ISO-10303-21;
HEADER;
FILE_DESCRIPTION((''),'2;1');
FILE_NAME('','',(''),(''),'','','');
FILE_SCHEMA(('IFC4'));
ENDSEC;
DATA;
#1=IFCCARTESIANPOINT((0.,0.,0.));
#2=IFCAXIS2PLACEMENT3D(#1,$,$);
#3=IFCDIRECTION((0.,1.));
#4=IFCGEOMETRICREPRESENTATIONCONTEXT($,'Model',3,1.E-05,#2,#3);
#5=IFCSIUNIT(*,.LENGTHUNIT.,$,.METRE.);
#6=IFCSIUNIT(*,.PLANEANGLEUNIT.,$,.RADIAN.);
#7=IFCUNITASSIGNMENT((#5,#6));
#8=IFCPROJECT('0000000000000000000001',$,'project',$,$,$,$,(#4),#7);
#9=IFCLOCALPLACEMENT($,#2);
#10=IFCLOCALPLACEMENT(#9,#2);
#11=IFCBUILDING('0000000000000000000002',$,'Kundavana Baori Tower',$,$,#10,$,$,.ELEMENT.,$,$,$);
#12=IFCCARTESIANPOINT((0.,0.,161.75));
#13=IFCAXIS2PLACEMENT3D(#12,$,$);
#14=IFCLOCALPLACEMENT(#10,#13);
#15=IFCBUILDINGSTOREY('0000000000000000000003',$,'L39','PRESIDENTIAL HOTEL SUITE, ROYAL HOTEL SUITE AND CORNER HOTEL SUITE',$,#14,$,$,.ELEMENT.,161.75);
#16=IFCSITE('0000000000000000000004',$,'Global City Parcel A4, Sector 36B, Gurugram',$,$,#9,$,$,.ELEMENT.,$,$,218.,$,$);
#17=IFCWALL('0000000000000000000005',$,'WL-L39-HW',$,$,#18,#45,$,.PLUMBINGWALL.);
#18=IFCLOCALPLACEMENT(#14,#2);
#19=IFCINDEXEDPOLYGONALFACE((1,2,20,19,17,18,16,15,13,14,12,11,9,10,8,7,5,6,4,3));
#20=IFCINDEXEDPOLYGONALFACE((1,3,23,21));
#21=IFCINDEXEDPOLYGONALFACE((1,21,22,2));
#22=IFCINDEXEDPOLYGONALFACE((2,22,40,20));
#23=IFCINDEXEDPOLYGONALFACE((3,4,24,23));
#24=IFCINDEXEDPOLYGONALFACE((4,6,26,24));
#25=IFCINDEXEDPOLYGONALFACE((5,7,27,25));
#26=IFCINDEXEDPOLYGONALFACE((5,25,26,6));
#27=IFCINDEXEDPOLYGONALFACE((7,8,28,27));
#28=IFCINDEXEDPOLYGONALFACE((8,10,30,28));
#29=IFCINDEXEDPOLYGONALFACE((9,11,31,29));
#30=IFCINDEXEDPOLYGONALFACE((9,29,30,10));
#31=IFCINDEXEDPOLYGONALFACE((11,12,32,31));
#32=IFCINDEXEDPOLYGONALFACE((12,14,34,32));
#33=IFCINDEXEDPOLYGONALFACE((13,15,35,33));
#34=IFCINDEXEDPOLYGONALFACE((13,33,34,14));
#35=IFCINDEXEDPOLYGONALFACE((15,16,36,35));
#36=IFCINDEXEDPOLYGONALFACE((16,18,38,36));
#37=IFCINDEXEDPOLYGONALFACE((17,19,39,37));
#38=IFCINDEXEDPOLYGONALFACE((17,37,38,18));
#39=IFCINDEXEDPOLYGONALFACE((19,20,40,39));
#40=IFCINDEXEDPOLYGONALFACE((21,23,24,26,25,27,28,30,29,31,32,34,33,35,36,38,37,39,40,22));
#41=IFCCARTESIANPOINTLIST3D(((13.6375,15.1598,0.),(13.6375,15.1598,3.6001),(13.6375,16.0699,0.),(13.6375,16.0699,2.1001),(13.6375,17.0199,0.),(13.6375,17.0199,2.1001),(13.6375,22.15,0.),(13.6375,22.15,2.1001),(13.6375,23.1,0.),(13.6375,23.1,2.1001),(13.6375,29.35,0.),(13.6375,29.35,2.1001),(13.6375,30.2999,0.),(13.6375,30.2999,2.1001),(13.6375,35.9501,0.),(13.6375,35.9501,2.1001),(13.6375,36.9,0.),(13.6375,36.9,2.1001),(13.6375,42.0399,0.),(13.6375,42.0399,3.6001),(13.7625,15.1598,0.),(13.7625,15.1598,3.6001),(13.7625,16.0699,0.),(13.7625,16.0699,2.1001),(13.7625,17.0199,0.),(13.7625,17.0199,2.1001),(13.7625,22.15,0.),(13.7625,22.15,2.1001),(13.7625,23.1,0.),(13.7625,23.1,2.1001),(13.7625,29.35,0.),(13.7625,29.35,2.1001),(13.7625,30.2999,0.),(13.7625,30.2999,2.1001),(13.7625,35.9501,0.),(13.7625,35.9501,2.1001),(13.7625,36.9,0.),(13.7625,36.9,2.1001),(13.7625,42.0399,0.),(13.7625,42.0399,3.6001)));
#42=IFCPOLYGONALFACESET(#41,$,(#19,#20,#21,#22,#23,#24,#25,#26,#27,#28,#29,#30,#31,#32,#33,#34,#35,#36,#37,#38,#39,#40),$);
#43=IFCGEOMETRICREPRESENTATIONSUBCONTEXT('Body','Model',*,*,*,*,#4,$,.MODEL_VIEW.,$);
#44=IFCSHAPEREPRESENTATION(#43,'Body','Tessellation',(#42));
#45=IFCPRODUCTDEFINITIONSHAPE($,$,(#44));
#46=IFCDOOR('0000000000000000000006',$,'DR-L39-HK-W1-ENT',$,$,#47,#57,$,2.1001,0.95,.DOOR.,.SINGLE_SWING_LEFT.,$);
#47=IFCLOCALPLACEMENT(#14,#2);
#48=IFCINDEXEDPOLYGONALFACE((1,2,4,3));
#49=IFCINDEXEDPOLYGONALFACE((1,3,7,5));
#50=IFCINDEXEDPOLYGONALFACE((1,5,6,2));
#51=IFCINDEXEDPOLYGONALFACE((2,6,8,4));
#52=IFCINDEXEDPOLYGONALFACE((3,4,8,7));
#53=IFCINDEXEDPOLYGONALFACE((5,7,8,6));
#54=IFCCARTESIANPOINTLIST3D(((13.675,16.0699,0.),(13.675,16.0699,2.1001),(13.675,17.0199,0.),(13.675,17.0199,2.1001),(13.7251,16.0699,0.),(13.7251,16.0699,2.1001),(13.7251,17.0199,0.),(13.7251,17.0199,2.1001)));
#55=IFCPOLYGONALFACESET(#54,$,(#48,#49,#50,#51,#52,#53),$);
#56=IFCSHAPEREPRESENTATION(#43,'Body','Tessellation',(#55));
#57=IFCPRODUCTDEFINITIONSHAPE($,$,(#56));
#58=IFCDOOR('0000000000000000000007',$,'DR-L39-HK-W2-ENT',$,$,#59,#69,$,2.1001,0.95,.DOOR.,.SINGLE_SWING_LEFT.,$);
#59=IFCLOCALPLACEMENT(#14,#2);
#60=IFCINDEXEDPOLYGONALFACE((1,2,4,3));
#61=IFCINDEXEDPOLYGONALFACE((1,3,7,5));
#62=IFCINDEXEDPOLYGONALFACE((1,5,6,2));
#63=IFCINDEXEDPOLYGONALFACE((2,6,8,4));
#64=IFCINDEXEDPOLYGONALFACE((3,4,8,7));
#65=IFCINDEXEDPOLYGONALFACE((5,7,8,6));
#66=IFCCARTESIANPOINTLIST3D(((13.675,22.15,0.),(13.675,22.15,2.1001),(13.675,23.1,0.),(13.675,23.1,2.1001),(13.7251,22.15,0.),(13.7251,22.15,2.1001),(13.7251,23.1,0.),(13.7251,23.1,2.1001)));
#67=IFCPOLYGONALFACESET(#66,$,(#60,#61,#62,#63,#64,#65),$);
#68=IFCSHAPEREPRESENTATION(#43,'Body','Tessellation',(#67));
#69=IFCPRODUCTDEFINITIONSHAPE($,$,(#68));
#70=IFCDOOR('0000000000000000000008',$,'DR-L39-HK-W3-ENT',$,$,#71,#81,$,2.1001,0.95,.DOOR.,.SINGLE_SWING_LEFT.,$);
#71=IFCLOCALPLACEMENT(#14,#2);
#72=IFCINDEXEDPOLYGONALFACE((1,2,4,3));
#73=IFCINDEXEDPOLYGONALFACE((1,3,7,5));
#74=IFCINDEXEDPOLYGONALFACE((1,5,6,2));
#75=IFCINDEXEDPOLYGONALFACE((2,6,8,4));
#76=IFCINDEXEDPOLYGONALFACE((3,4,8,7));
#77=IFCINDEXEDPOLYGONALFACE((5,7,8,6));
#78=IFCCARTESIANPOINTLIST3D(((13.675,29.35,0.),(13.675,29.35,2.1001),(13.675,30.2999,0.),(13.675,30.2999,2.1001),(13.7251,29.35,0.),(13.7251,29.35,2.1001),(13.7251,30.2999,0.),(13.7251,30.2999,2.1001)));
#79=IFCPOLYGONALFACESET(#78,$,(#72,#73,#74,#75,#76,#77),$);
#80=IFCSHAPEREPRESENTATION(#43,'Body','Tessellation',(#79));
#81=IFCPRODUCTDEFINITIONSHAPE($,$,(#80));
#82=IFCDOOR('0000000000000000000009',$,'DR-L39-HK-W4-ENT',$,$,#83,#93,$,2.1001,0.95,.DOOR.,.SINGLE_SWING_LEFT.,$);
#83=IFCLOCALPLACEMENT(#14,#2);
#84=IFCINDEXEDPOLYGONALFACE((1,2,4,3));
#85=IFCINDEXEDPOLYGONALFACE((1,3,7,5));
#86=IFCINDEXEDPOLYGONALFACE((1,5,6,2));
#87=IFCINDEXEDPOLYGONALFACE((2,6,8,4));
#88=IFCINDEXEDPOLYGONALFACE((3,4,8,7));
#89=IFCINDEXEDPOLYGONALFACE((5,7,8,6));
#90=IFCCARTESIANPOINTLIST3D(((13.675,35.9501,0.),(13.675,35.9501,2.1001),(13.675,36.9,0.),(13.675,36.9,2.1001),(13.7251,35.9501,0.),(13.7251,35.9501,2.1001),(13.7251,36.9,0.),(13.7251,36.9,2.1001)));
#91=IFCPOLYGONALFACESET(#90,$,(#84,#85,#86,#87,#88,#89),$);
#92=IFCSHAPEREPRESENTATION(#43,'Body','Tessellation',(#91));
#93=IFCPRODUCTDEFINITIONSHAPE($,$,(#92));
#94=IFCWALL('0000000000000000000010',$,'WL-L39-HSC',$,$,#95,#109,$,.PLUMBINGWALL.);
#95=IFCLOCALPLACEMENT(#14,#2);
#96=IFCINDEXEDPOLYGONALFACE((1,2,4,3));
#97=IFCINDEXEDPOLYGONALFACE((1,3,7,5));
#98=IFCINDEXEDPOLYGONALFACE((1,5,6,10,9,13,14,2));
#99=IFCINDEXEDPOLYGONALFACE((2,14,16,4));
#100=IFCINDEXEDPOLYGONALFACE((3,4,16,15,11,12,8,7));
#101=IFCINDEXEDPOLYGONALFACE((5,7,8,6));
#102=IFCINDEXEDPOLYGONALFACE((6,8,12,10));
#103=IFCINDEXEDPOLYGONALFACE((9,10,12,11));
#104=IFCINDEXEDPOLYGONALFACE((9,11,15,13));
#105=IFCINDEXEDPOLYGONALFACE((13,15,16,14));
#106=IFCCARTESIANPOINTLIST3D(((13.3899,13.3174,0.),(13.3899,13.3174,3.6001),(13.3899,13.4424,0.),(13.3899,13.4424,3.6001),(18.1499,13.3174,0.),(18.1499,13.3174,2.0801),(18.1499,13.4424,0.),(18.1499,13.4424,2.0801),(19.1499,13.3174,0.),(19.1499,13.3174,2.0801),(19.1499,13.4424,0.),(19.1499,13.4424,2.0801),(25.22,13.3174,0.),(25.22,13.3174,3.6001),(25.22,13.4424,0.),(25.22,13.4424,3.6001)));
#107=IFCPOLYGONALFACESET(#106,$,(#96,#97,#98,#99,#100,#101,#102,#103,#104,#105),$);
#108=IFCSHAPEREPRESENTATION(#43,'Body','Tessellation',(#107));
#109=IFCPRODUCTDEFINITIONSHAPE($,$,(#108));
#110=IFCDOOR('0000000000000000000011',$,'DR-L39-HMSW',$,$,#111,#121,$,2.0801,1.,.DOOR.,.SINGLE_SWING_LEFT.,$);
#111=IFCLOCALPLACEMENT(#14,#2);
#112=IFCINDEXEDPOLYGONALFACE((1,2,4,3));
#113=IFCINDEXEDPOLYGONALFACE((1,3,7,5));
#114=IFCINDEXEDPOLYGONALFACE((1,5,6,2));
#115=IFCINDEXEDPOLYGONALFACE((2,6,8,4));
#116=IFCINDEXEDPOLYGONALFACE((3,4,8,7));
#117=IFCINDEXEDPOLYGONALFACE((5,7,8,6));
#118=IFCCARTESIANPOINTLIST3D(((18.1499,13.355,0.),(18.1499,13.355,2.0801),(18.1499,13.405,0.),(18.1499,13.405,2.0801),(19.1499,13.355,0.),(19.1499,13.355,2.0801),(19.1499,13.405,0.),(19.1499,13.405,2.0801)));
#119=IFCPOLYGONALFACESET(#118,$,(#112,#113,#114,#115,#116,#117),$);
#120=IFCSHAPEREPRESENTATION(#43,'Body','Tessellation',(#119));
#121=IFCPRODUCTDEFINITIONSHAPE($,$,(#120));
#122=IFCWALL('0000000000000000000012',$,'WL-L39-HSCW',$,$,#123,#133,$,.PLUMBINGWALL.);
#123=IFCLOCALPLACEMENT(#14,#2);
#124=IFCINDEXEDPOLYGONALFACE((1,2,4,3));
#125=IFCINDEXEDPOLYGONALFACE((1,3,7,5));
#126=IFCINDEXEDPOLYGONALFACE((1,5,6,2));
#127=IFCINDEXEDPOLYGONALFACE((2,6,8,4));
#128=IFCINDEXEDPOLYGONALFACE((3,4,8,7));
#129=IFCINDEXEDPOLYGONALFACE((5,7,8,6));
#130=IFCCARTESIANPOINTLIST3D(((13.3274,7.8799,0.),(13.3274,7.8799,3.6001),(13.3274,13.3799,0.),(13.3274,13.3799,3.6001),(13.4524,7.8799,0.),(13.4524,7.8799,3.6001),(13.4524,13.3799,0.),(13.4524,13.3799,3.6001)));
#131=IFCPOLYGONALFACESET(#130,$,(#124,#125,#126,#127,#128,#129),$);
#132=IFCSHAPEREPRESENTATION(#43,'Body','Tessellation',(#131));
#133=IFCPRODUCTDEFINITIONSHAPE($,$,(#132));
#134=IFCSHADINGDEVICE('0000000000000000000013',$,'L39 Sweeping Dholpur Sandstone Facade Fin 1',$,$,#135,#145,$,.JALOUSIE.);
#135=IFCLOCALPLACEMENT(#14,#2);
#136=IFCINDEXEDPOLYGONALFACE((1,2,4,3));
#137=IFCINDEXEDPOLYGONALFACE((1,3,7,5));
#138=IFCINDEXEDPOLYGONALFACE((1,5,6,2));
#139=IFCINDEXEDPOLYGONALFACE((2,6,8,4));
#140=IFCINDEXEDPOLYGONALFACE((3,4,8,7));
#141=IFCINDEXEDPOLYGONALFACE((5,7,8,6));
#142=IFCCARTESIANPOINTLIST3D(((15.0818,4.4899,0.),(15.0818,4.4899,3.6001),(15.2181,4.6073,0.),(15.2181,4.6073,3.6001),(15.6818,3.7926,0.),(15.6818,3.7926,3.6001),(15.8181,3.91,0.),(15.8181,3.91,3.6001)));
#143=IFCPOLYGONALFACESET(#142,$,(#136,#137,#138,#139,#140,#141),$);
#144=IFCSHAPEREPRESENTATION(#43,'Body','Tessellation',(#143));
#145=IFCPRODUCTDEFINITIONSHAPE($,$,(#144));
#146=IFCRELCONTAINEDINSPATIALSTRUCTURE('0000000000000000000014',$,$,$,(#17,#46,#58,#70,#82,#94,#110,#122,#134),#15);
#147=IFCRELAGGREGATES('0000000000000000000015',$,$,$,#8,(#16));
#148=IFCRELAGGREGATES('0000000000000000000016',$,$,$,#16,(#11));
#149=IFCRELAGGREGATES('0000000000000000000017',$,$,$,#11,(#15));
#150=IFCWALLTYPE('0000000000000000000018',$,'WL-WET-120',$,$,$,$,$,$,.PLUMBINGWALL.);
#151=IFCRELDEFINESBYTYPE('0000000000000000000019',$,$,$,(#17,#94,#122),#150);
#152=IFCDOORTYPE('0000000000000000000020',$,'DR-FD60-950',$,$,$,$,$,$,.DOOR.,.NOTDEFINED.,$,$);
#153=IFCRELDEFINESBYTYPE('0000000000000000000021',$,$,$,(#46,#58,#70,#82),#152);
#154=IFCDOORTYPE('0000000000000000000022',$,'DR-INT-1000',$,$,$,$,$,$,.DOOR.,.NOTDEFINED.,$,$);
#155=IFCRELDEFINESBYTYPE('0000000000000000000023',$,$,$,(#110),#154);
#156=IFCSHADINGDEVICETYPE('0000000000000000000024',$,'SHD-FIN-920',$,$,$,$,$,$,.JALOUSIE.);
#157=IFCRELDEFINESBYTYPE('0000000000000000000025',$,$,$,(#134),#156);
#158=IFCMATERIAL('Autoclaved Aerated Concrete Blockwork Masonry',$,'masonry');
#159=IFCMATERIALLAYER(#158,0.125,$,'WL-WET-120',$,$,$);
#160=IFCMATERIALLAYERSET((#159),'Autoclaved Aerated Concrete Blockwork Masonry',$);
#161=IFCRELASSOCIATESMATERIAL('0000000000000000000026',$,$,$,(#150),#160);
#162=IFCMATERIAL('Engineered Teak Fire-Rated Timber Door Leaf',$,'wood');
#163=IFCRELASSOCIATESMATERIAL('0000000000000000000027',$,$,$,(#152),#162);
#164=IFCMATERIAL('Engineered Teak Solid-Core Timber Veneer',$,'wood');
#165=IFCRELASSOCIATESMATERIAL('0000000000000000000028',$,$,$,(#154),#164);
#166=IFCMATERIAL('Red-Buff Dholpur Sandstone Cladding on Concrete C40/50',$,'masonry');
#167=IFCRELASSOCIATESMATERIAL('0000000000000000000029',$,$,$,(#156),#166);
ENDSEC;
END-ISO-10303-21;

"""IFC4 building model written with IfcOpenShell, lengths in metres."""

from ifc_helpers import new_model, si_unit, direction, frame, frame_2d, origin, origin_2d, place, context, subcontext, project, spatial, rectangle, extrude, material, layer, layer_set, type_object, element, fill, save


model = new_model("IFC4")

# Units and contexts
model_context = context("Model", 3, precision=1e-05, world=origin(), true_north=direction((0.0, 1.0)))
body_context = subcontext(model_context, "Body", "Model", "MODEL_VIEW")
ifc_project = project(units=[si_unit("LENGTHUNIT", "METRE"), si_unit("PLANEANGLEUNIT", "RADIAN")], contexts=[model_context])

# Site, building, storey
site_placement = place(None, origin())
site = spatial("IfcSite", under=ifc_project, at=site_placement, Name="Global City Parcel A4, Sector 36B, Gurugram", CompositionType="ELEMENT", RefElevation=218.0)
building_placement = place(site_placement, origin())
building = spatial("IfcBuilding", under=site, at=building_placement, Name="Kundavana Baori Tower", CompositionType="ELEMENT")
storey_placement = place(building_placement, frame((0.0, 0.0, 161.75)))
storey = spatial("IfcBuildingStorey", under=building, at=storey_placement, Name="L39", Description="PRESIDENTIAL HOTEL SUITE, ROYAL HOTEL SUITE AND CORNER HOTEL SUITE", CompositionType="ELEMENT", Elevation=161.75)

# Wall, openings, doors
ifc_material_1 = material(Name="Autoclaved Aerated Concrete Blockwork Masonry", Category="masonry")
ifc_layer_1 = layer(ifc_material_1, 0.125, Name="WL-WET-120")
ifc_layer_set_1 = layer_set([ifc_layer_1], Name="Autoclaved Aerated Concrete Blockwork Masonry")
wall_type_1 = type_object("IfcWallType", Name="WL-WET-120", PredefinedType="PLUMBINGWALL", material=ifc_layer_set_1)
wall_1_placement = place(storey_placement, frame((13.7, 15.1599, 0.0), z_axis=(0.0, 0.0, 1.0), x_axis=(0.0, 1.0, 0.0)))
wall_1 = element("IfcWall", 1, at=wall_1_placement, inside=storey, type_object=wall_type_1, Name="WL-L39-HW", PredefinedType="PLUMBINGWALL", context=body_context, shape_type="SweptSolid", body=[
    extrude(rectangle(XDim=26.8801, YDim=0.125, at=frame_2d((13.4399, 0.0))), origin(), (0.0, 0.0, 1.0), 3.6001),
])
opening_1_placement = place(wall_1_placement, frame((0.9099, 0.0, 0.0)))
opening_1 = element("IfcOpeningElement", 2, at=opening_1_placement, cuts=wall_1, PredefinedType="OPENING", context=body_context, shape_type="SweptSolid", body=[
    extrude(rectangle(XDim=0.95, YDim=2.1001, at=frame_2d((0.4751, 1.05))), frame((0.0, 0.0725, 0.0), z_axis=(0.0, -1.0, 0.0), x_axis=(1.0, 0.0, 0.0)), (0.0, 0.0, 1.0), 0.145),
])
opening_2_placement = place(wall_1_placement, frame((6.99, 0.0, 0.0)))
opening_2 = element("IfcOpeningElement", 3, at=opening_2_placement, cuts=wall_1, PredefinedType="OPENING", context=body_context, shape_type="SweptSolid", body=[
    extrude(rectangle(XDim=0.95, YDim=2.1001, at=frame_2d((0.4751, 1.05))), frame((0.0, 0.0725, 0.0), z_axis=(0.0, -1.0, 0.0), x_axis=(1.0, 0.0, 0.0)), (0.0, 0.0, 1.0), 0.145),
])
opening_3_placement = place(wall_1_placement, frame((14.1899, 0.0, 0.0)))
opening_3 = element("IfcOpeningElement", 4, at=opening_3_placement, cuts=wall_1, PredefinedType="OPENING", context=body_context, shape_type="SweptSolid", body=[
    extrude(rectangle(XDim=0.95, YDim=2.1001, at=frame_2d((0.4751, 1.05))), frame((0.0, 0.0725, 0.0), z_axis=(0.0, -1.0, 0.0), x_axis=(1.0, 0.0, 0.0)), (0.0, 0.0, 1.0), 0.145),
])
opening_4_placement = place(wall_1_placement, frame((20.79, 0.0, 0.0)))
opening_4 = element("IfcOpeningElement", 5, at=opening_4_placement, cuts=wall_1, PredefinedType="OPENING", context=body_context, shape_type="SweptSolid", body=[
    extrude(rectangle(XDim=0.95, YDim=2.1001, at=frame_2d((0.4751, 1.05))), frame((0.0, 0.0725, 0.0), z_axis=(0.0, -1.0, 0.0), x_axis=(1.0, 0.0, 0.0)), (0.0, 0.0, 1.0), 0.145),
])
ifc_material_2 = material(Name="Engineered Teak Fire-Rated Timber Door Leaf", Category="wood")
door_type_1 = type_object("IfcDoorType", Name="DR-FD60-950", OperationType="NOTDEFINED", PredefinedType="DOOR", material=ifc_material_2)
door_1_placement = place(opening_1_placement, origin())
door_1 = element("IfcDoor", 6, at=door_1_placement, inside=storey, type_object=door_type_1, Name="DR-L39-HK-W1-ENT", OperationType="SINGLE_SWING_LEFT", OverallHeight=2.1001, OverallWidth=0.95, PredefinedType="DOOR", context=body_context, shape_type="SweptSolid", body=[
    extrude(rectangle(XDim=0.95, YDim=2.1001, at=frame_2d((0.4751, 1.05))), frame((0.0, 0.0249, 0.0), z_axis=(0.0, -1.0, 0.0), x_axis=(1.0, 0.0, 0.0)), (0.0, 0.0, 1.0), 0.05),
])
fill(opening_1, door_1)
door_2_placement = place(opening_2_placement, origin())
door_2 = element("IfcDoor", 7, at=door_2_placement, inside=storey, type_object=door_type_1, Name="DR-L39-HK-W2-ENT", OperationType="SINGLE_SWING_LEFT", OverallHeight=2.1001, OverallWidth=0.95, PredefinedType="DOOR", context=body_context, shape_type="SweptSolid", body=[
    extrude(rectangle(XDim=0.95, YDim=2.1001, at=frame_2d((0.4751, 1.05))), frame((0.0, 0.0249, 0.0), z_axis=(0.0, -1.0, 0.0), x_axis=(1.0, 0.0, 0.0)), (0.0, 0.0, 1.0), 0.05),
])
fill(opening_2, door_2)
door_3_placement = place(opening_3_placement, origin())
door_3 = element("IfcDoor", 8, at=door_3_placement, inside=storey, type_object=door_type_1, Name="DR-L39-HK-W3-ENT", OperationType="SINGLE_SWING_LEFT", OverallHeight=2.1001, OverallWidth=0.95, PredefinedType="DOOR", context=body_context, shape_type="SweptSolid", body=[
    extrude(rectangle(XDim=0.95, YDim=2.1001, at=frame_2d((0.4751, 1.05))), frame((0.0, 0.0249, 0.0), z_axis=(0.0, -1.0, 0.0), x_axis=(1.0, 0.0, 0.0)), (0.0, 0.0, 1.0), 0.05),
])
fill(opening_3, door_3)
door_4_placement = place(opening_4_placement, origin())
door_4 = element("IfcDoor", 9, at=door_4_placement, inside=storey, type_object=door_type_1, Name="DR-L39-HK-W4-ENT", OperationType="SINGLE_SWING_LEFT", OverallHeight=2.1001, OverallWidth=0.95, PredefinedType="DOOR", context=body_context, shape_type="SweptSolid", body=[
    extrude(rectangle(XDim=0.95, YDim=2.1001, at=frame_2d((0.4751, 1.05))), frame((0.0, 0.0249, 0.0), z_axis=(0.0, -1.0, 0.0), x_axis=(1.0, 0.0, 0.0)), (0.0, 0.0, 1.0), 0.05),
])
fill(opening_4, door_4)

# Wall, opening, door
wall_2_placement = place(storey_placement, frame((13.3899, 13.3799, 0.0), z_axis=(0.0, 0.0, 1.0), x_axis=(1.0, 0.0, 0.0)))
wall_2 = element("IfcWall", 10, at=wall_2_placement, inside=storey, type_object=wall_type_1, Name="WL-L39-HSC", PredefinedType="PLUMBINGWALL", context=body_context, shape_type="SweptSolid", body=[
    extrude(rectangle(XDim=11.8301, YDim=0.125, at=frame_2d((5.915, 0.0))), origin(), (0.0, 0.0, 1.0), 3.6001),
])
opening_5_placement = place(wall_2_placement, frame((4.76, 0.0, 0.0)))
opening_5 = element("IfcOpeningElement", 11, at=opening_5_placement, cuts=wall_2, PredefinedType="OPENING", context=body_context, shape_type="SweptSolid", body=[
    extrude(rectangle(XDim=1.0, YDim=2.0801, at=frame_2d((0.5, 1.04))), frame((0.0, 0.0725, 0.0), z_axis=(0.0, -1.0, 0.0), x_axis=(1.0, 0.0, 0.0)), (0.0, 0.0, 1.0), 0.145),
])
ifc_material_3 = material(Name="Engineered Teak Solid-Core Timber Veneer", Category="wood")
door_type_2 = type_object("IfcDoorType", Name="DR-INT-1000", OperationType="NOTDEFINED", PredefinedType="DOOR", material=ifc_material_3)
door_5_placement = place(opening_5_placement, frame((1.0, 0.0, 0.0), z_axis=(0.0, 0.0, 1.0), x_axis=(-1.0, 0.0, 0.0)))
door_5 = element("IfcDoor", 12, at=door_5_placement, inside=storey, type_object=door_type_2, Name="DR-L39-HMSW", OperationType="SINGLE_SWING_LEFT", OverallHeight=2.0801, OverallWidth=1.0, PredefinedType="DOOR", context=body_context, shape_type="SweptSolid", body=[
    extrude(rectangle(XDim=1.0, YDim=2.0801, at=frame_2d((0.5, 1.04))), frame((0.0, 0.0249, 0.0), z_axis=(0.0, -1.0, 0.0), x_axis=(1.0, 0.0, 0.0)), (0.0, 0.0, 1.0), 0.05),
])
fill(opening_5, door_5)

# Wall
wall_3_placement = place(storey_placement, frame((13.3899, 7.8799, 0.0), z_axis=(0.0, 0.0, 1.0), x_axis=(0.0, 1.0, 0.0)))
element("IfcWall", 13, at=wall_3_placement, inside=storey, type_object=wall_type_1, Name="WL-L39-HSCW", PredefinedType="PLUMBINGWALL", context=body_context, shape_type="SweptSolid", body=[
    extrude(rectangle(XDim=5.5, YDim=0.125, at=frame_2d((2.75, 0.0))), origin(), (0.0, 0.0, 1.0), 3.6001),
])

# Shading device
ifc_material_4 = material(Name="Red-Buff Dholpur Sandstone Cladding on Concrete C40/50", Category="masonry")
shading_device_type = type_object("IfcShadingDeviceType", Name="SHD-FIN-920", PredefinedType="JALOUSIE", material=ifc_material_4)
shading_device_placement = place(storey_placement, frame((15.45, 4.2, 0.0), z_axis=(0.0, 0.0, 1.0), x_axis=(0.758021, 0.652231, 0.0)))
element("IfcShadingDevice", 14, at=shading_device_placement, inside=storey, type_object=shading_device_type, Name="L39 Sweeping Dholpur Sandstone Facade Fin 1", PredefinedType="JALOUSIE", context=body_context, shape_type="SweptSolid", body=[
    extrude(rectangle(XDim=0.1799, YDim=0.9199, at=origin_2d()), origin(), (0.0, 0.0, 1.0), 3.6001),
])

save(model, "model.ifc")
